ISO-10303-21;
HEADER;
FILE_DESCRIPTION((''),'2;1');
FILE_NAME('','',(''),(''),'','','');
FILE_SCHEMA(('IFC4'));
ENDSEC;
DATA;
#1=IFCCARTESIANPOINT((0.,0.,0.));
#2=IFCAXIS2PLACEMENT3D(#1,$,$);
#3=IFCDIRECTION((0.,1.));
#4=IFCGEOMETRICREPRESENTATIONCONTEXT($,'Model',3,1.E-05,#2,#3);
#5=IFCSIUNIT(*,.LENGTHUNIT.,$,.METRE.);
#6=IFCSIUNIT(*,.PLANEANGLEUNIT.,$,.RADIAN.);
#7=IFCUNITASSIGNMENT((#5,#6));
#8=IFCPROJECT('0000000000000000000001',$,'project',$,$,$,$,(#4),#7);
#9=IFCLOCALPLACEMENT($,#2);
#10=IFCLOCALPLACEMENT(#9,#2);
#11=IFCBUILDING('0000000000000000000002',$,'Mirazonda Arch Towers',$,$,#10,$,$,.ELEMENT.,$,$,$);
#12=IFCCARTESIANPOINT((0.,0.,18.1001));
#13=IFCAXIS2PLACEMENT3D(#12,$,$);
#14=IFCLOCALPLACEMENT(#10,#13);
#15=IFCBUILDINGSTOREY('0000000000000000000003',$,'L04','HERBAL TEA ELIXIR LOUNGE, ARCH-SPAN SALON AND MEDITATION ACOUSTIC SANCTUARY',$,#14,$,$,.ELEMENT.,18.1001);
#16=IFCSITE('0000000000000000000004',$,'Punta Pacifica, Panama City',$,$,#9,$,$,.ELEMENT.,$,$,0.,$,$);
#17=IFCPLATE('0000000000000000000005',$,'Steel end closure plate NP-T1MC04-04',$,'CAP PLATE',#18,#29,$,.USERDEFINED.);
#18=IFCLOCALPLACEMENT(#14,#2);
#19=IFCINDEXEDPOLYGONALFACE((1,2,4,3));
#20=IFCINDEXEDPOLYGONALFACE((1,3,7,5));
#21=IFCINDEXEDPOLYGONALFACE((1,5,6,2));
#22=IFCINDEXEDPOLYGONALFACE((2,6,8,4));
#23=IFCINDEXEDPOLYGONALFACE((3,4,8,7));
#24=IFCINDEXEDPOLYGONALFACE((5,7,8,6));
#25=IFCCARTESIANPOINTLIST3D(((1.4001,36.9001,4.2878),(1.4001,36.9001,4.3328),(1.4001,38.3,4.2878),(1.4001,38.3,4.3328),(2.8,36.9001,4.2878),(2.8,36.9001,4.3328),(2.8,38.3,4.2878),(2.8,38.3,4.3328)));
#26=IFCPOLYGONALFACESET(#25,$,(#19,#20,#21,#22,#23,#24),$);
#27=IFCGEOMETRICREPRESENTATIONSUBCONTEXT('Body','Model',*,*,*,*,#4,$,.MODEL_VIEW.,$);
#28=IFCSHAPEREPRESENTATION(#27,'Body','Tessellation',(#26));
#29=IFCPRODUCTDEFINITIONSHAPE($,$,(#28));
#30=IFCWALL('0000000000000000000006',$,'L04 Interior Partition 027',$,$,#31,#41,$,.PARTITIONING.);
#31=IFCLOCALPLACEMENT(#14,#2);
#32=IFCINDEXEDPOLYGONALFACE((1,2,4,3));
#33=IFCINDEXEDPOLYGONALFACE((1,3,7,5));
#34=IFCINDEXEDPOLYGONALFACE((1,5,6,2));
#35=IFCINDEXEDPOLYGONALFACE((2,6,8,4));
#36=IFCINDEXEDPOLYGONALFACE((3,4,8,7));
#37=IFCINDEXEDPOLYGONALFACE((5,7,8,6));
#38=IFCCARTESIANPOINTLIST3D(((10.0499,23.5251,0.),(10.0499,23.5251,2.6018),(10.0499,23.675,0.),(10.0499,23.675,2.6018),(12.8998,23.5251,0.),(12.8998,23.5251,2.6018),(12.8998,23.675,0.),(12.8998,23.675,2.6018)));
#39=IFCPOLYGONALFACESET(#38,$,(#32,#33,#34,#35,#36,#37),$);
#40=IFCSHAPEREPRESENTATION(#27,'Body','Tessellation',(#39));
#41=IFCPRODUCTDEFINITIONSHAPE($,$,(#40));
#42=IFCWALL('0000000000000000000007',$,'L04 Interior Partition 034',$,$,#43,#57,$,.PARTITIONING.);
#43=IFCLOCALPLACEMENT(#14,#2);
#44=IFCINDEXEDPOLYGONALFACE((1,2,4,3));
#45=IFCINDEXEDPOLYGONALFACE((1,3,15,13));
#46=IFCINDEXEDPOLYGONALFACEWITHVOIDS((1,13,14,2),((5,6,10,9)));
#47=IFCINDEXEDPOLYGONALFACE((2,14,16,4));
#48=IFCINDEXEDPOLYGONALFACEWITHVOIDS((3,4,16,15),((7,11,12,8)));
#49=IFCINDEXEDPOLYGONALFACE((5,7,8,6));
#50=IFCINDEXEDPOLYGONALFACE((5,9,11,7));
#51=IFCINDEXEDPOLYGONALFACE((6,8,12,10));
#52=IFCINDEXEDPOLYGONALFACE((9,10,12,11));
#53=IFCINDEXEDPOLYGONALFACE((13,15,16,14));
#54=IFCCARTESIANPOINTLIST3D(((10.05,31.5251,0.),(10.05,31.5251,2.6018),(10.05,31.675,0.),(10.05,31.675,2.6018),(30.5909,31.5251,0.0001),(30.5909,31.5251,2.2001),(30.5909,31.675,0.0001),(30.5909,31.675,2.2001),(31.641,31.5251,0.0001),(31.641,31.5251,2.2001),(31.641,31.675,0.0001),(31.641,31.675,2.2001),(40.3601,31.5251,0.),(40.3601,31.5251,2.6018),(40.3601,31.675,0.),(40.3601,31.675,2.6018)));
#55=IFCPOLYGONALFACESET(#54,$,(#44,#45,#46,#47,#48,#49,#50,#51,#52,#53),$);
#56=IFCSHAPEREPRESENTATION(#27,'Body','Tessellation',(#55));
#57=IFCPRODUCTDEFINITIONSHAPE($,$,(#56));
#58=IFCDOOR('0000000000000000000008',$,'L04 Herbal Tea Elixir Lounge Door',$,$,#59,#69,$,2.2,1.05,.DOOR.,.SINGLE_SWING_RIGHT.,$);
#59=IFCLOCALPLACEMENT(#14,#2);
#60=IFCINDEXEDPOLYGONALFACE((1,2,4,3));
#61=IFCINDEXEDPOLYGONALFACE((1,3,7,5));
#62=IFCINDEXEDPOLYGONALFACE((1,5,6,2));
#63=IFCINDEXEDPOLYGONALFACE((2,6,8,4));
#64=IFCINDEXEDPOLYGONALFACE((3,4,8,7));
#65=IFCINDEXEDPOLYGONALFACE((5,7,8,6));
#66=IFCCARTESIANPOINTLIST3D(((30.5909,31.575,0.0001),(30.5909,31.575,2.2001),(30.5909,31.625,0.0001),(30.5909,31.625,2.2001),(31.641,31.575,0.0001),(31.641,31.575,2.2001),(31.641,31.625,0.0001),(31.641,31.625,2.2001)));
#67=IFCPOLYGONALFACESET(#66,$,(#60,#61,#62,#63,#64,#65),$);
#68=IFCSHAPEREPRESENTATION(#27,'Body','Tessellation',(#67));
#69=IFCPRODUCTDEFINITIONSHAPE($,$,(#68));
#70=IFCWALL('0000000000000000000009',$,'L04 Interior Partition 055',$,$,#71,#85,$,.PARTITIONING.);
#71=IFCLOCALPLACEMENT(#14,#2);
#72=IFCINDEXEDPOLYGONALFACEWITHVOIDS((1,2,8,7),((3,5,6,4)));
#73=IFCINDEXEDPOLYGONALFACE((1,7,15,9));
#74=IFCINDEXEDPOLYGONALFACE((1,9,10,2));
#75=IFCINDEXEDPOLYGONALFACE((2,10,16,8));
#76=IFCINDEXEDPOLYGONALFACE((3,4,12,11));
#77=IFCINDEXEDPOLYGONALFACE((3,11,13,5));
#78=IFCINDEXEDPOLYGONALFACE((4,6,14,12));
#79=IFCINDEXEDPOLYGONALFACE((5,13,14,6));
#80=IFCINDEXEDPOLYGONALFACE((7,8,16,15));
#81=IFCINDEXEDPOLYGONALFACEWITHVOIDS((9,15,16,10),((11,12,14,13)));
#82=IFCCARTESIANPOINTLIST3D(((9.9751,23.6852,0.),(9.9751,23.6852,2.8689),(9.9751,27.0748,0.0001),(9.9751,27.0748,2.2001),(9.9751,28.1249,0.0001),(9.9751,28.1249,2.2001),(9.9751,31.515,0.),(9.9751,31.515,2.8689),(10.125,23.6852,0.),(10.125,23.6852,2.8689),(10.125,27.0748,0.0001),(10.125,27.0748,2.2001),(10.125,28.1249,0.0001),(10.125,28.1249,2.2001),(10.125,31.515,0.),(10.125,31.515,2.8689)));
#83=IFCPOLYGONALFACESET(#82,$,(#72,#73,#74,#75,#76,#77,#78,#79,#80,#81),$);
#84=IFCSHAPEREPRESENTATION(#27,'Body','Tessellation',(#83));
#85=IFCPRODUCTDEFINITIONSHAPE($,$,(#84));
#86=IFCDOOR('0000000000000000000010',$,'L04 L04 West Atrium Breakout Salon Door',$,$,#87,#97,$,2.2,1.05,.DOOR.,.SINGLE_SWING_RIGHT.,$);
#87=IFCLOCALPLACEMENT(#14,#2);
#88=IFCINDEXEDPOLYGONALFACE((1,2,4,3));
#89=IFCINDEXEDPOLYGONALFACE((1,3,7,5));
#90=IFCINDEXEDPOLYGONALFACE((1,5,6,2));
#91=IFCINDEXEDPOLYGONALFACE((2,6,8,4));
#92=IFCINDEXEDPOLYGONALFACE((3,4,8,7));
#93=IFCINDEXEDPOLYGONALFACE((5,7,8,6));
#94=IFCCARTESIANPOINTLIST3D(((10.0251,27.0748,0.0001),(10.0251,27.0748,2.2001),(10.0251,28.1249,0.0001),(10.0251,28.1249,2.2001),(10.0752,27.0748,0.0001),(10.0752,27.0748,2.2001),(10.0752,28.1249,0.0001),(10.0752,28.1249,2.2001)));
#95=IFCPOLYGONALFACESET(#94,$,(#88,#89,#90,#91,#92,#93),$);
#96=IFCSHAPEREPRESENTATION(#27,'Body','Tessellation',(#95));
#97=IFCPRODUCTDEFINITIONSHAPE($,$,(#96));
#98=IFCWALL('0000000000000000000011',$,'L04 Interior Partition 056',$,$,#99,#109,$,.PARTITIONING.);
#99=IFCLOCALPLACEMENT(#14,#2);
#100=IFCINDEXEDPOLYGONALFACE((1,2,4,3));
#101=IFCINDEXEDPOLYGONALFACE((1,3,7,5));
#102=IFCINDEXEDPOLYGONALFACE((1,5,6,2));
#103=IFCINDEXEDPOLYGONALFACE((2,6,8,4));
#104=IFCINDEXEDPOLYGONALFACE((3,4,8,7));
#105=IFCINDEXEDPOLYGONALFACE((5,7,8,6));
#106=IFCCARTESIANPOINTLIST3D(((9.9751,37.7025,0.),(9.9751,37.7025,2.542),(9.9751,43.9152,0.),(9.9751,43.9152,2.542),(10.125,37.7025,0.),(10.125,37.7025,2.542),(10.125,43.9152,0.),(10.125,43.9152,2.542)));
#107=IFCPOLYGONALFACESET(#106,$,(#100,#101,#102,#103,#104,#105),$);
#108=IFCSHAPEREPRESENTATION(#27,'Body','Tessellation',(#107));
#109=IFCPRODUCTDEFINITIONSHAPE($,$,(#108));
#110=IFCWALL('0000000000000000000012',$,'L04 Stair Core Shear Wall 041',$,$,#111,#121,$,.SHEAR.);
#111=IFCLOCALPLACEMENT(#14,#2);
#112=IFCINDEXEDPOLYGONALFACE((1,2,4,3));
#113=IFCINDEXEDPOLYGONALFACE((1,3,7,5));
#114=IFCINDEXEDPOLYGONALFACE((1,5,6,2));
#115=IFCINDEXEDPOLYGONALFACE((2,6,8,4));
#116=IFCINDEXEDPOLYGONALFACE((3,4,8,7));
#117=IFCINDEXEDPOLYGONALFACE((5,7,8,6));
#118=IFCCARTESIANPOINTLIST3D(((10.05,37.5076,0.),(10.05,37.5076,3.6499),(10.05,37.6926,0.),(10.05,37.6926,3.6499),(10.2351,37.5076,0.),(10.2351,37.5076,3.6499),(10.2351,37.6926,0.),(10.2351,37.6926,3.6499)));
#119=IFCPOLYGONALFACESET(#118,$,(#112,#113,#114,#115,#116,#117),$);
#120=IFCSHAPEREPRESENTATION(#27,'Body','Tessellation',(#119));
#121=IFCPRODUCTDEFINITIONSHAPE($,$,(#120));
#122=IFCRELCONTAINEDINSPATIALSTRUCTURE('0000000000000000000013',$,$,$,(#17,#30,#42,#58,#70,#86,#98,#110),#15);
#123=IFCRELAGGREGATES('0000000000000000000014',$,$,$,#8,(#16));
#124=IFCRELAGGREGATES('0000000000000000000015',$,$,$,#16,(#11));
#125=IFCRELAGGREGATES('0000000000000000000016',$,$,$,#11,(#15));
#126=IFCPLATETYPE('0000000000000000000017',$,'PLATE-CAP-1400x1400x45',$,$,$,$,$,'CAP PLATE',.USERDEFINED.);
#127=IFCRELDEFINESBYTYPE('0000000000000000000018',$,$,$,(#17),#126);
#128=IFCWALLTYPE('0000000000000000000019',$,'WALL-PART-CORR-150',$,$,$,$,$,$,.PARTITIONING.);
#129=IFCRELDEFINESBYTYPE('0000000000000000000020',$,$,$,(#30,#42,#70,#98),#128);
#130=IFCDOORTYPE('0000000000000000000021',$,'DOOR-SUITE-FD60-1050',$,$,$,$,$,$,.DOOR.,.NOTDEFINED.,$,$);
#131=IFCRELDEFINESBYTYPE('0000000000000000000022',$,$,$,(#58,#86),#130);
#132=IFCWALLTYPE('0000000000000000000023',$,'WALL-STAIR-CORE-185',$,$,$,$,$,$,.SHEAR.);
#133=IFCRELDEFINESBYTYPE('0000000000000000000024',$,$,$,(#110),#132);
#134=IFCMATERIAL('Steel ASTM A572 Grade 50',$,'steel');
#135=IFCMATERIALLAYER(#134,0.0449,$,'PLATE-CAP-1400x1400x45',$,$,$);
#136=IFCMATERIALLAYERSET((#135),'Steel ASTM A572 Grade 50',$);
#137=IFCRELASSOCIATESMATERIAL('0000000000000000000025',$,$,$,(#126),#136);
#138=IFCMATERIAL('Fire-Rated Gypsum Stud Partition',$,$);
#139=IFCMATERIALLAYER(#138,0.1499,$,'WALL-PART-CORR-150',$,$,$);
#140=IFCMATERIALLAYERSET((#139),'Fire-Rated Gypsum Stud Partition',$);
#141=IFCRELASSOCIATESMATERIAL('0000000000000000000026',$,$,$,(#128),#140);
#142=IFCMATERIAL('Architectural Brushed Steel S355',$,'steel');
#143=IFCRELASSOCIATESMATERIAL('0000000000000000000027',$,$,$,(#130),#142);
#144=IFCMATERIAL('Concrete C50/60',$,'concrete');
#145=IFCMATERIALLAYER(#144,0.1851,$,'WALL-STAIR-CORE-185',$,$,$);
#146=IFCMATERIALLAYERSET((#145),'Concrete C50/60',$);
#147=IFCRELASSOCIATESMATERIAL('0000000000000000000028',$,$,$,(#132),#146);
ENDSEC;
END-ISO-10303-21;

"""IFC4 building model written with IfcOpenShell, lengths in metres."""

from ifc_helpers import new_model, si_unit, direction, frame, frame_2d, origin, origin_2d, place, context, subcontext, project, spatial, rectangle, extrude, material, layer, layer_set, type_object, element, fill, save


model = new_model("IFC4")

# Units and contexts
model_context = context("Model", 3, precision=1e-05, world=origin(), true_north=direction((0.0, 1.0)))
body_context = subcontext(model_context, "Body", "Model", "MODEL_VIEW")
ifc_project = project(units=[si_unit("LENGTHUNIT", "METRE"), si_unit("PLANEANGLEUNIT", "RADIAN")], contexts=[model_context])

# Site, building, storey
site_placement = place(None, origin())
site = spatial("IfcSite", under=ifc_project, at=site_placement, Name="Punta Pacifica, Panama City", CompositionType="ELEMENT", RefElevation=0.0)
building_placement = place(site_placement, origin())
building = spatial("IfcBuilding", under=site, at=building_placement, Name="Mirazonda Arch Towers", CompositionType="ELEMENT")
storey_placement = place(building_placement, frame((0.0, 0.0, 18.1001)))
storey = spatial("IfcBuildingStorey", under=building, at=storey_placement, Name="L04", Description="HERBAL TEA ELIXIR LOUNGE, ARCH-SPAN SALON AND MEDITATION ACOUSTIC SANCTUARY", CompositionType="ELEMENT", Elevation=18.1001)

# Shared definitions
ifc_material_1 = material(Name="Steel ASTM A572 Grade 50", Category="steel")

# Plate
ifc_layer_1 = layer(ifc_material_1, 0.0449, Name="PLATE-CAP-1400x1400x45")
ifc_layer_set_1 = layer_set([ifc_layer_1], Name="Steel ASTM A572 Grade 50")
plate_type = type_object("IfcPlateType", Name="PLATE-CAP-1400x1400x45", ElementType="CAP PLATE", PredefinedType="USERDEFINED", material=ifc_layer_set_1)
for number, where, z_axis, x_axis, name in (
    (1, (2.1001, 37.6001, 4.2878), (0.0, 0.0, 1.0), (1.0, 0.0, 0.0), "Steel end closure plate NP-T1MC04-04"),
):
    element("IfcPlate", number, at=place(storey_placement, frame(where, z_axis=z_axis, x_axis=x_axis)), inside=storey, type_object=plate_type, Name=name, ObjectType="CAP PLATE", PredefinedType="USERDEFINED", context=body_context, shape_type="SweptSolid", body=[
        extrude(rectangle(XDim=1.3999, YDim=1.3999, at=origin_2d()), origin(), (0.0, 0.0, 1.0), 0.0449),
    ])

# Wall
ifc_material_2 = material(Name="Fire-Rated Gypsum Stud Partition")
ifc_layer_2 = layer(ifc_material_2, 0.1499, Name="WALL-PART-CORR-150")
ifc_layer_set_2 = layer_set([ifc_layer_2], Name="Fire-Rated Gypsum Stud Partition")
wall_type_1 = type_object("IfcWallType", Name="WALL-PART-CORR-150", PredefinedType="PARTITIONING", material=ifc_layer_set_2)
wall_1_placement = place(storey_placement, frame((10.05, 23.6001, 0.0), z_axis=(0.0, 0.0, 1.0), x_axis=(1.0, 0.0, 0.0)))
element("IfcWall", 2, at=wall_1_placement, inside=storey, type_object=wall_type_1, Name="L04 Interior Partition 027", PredefinedType="PARTITIONING", context=body_context, shape_type="SweptSolid", body=[
    extrude(rectangle(XDim=2.8499, YDim=0.1499, at=frame_2d((1.4248, 0.0))), origin(), (0.0, 0.0, 1.0), 2.6018),
])

# Walls, openings, doors
wall_2_placement = place(storey_placement, frame((10.05, 31.6001, 0.0), z_axis=(0.0, 0.0, 1.0), x_axis=(1.0, 0.0, 0.0)))
wall_2 = element("IfcWall", 3, at=wall_2_placement, inside=storey, type_object=wall_type_1, Name="L04 Interior Partition 034", PredefinedType="PARTITIONING", context=body_context, shape_type="SweptSolid", body=[
    extrude(rectangle(XDim=30.3101, YDim=0.1499, at=frame_2d((15.155, 0.0))), origin(), (0.0, 0.0, 1.0), 2.6018),
])
opening_1_placement = place(wall_2_placement, frame((20.541, 0.0, 0.0)))
opening_1 = element("IfcOpeningElement", 4, at=opening_1_placement, cuts=wall_2, PredefinedType="OPENING", context=body_context, shape_type="SweptSolid", body=[
    extrude(rectangle(XDim=1.05, YDim=2.2, at=frame_2d((0.5249, 1.1001))), frame((0.0, 0.085, 0.0), z_axis=(0.0, -1.0, 0.0), x_axis=(1.0, 0.0, 0.0)), (0.0, 0.0, 1.0), 0.1699),
])
ifc_material_3 = material(Name="Architectural Brushed Steel S355", Category="steel")
door_type = type_object("IfcDoorType", Name="DOOR-SUITE-FD60-1050", OperationType="NOTDEFINED", PredefinedType="DOOR", material=ifc_material_3)
door_1_placement = place(opening_1_placement, origin())
door_1 = element("IfcDoor", 5, at=door_1_placement, inside=storey, type_object=door_type, Name="L04 Herbal Tea Elixir Lounge Door", OperationType="SINGLE_SWING_RIGHT", OverallHeight=2.2, OverallWidth=1.05, PredefinedType="DOOR", context=body_context, shape_type="SweptSolid", body=[
    extrude(rectangle(XDim=1.05, YDim=2.2, at=frame_2d((0.5249, 1.1001))), frame((0.0, 0.0249, 0.0), z_axis=(0.0, -1.0, 0.0), x_axis=(1.0, 0.0, 0.0)), (0.0, 0.0, 1.0), 0.05),
])
fill(opening_1, door_1)
wall_3_placement = place(storey_placement, frame((10.05, 23.6851, 0.0), z_axis=(0.0, 0.0, 1.0), x_axis=(0.0, 1.0, 0.0)))
wall_3 = element("IfcWall", 6, at=wall_3_placement, inside=storey, type_object=wall_type_1, Name="L04 Interior Partition 055", PredefinedType="PARTITIONING", context=body_context, shape_type="SweptSolid", body=[
    extrude(rectangle(XDim=7.8298, YDim=0.1499, at=frame_2d((3.915, 0.0))), origin(), (0.0, 0.0, 1.0), 2.8689),
])
opening_2_placement = place(wall_3_placement, frame((3.3899, 0.0, 0.0)))
opening_2 = element("IfcOpeningElement", 7, at=opening_2_placement, cuts=wall_3, PredefinedType="OPENING", context=body_context, shape_type="SweptSolid", body=[
    extrude(rectangle(XDim=1.05, YDim=2.2, at=frame_2d((0.5249, 1.1001))), frame((0.0, 0.085, 0.0), z_axis=(0.0, -1.0, 0.0), x_axis=(1.0, 0.0, 0.0)), (0.0, 0.0, 1.0), 0.1699),
])
door_2_placement = place(opening_2_placement, origin())
door_2 = element("IfcDoor", 8, at=door_2_placement, inside=storey, type_object=door_type, Name="L04 L04 West Atrium Breakout Salon Door", OperationType="SINGLE_SWING_RIGHT", OverallHeight=2.2, OverallWidth=1.05, PredefinedType="DOOR", context=body_context, shape_type="SweptSolid", body=[
    extrude(rectangle(XDim=1.05, YDim=2.2, at=frame_2d((0.5249, 1.1001))), frame((0.0, 0.0249, 0.0), z_axis=(0.0, -1.0, 0.0), x_axis=(1.0, 0.0, 0.0)), (0.0, 0.0, 1.0), 0.05),
])
fill(opening_2, door_2)

# Walls
wall_4_placement = place(storey_placement, frame((10.05, 37.7024, 0.0), z_axis=(0.0, 0.0, 1.0), x_axis=(0.0, 1.0, 0.0)))
element("IfcWall", 9, at=wall_4_placement, inside=storey, type_object=wall_type_1, Name="L04 Interior Partition 056", PredefinedType="PARTITIONING", context=body_context, shape_type="SweptSolid", body=[
    extrude(rectangle(XDim=6.2126, YDim=0.1499, at=frame_2d((3.1064, 0.0))), origin(), (0.0, 0.0, 1.0), 2.542),
])
ifc_material_4 = material(Name="Concrete C50/60", Category="concrete")
ifc_layer_3 = layer(ifc_material_4, 0.1851, Name="WALL-STAIR-CORE-185")
ifc_layer_set_3 = layer_set([ifc_layer_3], Name="Concrete C50/60")
wall_type_2 = type_object("IfcWallType", Name="WALL-STAIR-CORE-185", PredefinedType="SHEAR", material=ifc_layer_set_3)
wall_5_placement = place(storey_placement, frame((10.05, 37.6001, 0.0), z_axis=(0.0, 0.0, 1.0), x_axis=(1.0, 0.0, 0.0)))
element("IfcWall", 10, at=wall_5_placement, inside=storey, type_object=wall_type_2, Name="L04 Stair Core Shear Wall 041", PredefinedType="SHEAR", context=body_context, shape_type="SweptSolid", body=[
    extrude(rectangle(XDim=0.1851, YDim=0.1851, at=frame_2d((0.0925, 0.0))), origin(), (0.0, 0.0, 1.0), 3.6499),
])

save(model, "model.ifc")
